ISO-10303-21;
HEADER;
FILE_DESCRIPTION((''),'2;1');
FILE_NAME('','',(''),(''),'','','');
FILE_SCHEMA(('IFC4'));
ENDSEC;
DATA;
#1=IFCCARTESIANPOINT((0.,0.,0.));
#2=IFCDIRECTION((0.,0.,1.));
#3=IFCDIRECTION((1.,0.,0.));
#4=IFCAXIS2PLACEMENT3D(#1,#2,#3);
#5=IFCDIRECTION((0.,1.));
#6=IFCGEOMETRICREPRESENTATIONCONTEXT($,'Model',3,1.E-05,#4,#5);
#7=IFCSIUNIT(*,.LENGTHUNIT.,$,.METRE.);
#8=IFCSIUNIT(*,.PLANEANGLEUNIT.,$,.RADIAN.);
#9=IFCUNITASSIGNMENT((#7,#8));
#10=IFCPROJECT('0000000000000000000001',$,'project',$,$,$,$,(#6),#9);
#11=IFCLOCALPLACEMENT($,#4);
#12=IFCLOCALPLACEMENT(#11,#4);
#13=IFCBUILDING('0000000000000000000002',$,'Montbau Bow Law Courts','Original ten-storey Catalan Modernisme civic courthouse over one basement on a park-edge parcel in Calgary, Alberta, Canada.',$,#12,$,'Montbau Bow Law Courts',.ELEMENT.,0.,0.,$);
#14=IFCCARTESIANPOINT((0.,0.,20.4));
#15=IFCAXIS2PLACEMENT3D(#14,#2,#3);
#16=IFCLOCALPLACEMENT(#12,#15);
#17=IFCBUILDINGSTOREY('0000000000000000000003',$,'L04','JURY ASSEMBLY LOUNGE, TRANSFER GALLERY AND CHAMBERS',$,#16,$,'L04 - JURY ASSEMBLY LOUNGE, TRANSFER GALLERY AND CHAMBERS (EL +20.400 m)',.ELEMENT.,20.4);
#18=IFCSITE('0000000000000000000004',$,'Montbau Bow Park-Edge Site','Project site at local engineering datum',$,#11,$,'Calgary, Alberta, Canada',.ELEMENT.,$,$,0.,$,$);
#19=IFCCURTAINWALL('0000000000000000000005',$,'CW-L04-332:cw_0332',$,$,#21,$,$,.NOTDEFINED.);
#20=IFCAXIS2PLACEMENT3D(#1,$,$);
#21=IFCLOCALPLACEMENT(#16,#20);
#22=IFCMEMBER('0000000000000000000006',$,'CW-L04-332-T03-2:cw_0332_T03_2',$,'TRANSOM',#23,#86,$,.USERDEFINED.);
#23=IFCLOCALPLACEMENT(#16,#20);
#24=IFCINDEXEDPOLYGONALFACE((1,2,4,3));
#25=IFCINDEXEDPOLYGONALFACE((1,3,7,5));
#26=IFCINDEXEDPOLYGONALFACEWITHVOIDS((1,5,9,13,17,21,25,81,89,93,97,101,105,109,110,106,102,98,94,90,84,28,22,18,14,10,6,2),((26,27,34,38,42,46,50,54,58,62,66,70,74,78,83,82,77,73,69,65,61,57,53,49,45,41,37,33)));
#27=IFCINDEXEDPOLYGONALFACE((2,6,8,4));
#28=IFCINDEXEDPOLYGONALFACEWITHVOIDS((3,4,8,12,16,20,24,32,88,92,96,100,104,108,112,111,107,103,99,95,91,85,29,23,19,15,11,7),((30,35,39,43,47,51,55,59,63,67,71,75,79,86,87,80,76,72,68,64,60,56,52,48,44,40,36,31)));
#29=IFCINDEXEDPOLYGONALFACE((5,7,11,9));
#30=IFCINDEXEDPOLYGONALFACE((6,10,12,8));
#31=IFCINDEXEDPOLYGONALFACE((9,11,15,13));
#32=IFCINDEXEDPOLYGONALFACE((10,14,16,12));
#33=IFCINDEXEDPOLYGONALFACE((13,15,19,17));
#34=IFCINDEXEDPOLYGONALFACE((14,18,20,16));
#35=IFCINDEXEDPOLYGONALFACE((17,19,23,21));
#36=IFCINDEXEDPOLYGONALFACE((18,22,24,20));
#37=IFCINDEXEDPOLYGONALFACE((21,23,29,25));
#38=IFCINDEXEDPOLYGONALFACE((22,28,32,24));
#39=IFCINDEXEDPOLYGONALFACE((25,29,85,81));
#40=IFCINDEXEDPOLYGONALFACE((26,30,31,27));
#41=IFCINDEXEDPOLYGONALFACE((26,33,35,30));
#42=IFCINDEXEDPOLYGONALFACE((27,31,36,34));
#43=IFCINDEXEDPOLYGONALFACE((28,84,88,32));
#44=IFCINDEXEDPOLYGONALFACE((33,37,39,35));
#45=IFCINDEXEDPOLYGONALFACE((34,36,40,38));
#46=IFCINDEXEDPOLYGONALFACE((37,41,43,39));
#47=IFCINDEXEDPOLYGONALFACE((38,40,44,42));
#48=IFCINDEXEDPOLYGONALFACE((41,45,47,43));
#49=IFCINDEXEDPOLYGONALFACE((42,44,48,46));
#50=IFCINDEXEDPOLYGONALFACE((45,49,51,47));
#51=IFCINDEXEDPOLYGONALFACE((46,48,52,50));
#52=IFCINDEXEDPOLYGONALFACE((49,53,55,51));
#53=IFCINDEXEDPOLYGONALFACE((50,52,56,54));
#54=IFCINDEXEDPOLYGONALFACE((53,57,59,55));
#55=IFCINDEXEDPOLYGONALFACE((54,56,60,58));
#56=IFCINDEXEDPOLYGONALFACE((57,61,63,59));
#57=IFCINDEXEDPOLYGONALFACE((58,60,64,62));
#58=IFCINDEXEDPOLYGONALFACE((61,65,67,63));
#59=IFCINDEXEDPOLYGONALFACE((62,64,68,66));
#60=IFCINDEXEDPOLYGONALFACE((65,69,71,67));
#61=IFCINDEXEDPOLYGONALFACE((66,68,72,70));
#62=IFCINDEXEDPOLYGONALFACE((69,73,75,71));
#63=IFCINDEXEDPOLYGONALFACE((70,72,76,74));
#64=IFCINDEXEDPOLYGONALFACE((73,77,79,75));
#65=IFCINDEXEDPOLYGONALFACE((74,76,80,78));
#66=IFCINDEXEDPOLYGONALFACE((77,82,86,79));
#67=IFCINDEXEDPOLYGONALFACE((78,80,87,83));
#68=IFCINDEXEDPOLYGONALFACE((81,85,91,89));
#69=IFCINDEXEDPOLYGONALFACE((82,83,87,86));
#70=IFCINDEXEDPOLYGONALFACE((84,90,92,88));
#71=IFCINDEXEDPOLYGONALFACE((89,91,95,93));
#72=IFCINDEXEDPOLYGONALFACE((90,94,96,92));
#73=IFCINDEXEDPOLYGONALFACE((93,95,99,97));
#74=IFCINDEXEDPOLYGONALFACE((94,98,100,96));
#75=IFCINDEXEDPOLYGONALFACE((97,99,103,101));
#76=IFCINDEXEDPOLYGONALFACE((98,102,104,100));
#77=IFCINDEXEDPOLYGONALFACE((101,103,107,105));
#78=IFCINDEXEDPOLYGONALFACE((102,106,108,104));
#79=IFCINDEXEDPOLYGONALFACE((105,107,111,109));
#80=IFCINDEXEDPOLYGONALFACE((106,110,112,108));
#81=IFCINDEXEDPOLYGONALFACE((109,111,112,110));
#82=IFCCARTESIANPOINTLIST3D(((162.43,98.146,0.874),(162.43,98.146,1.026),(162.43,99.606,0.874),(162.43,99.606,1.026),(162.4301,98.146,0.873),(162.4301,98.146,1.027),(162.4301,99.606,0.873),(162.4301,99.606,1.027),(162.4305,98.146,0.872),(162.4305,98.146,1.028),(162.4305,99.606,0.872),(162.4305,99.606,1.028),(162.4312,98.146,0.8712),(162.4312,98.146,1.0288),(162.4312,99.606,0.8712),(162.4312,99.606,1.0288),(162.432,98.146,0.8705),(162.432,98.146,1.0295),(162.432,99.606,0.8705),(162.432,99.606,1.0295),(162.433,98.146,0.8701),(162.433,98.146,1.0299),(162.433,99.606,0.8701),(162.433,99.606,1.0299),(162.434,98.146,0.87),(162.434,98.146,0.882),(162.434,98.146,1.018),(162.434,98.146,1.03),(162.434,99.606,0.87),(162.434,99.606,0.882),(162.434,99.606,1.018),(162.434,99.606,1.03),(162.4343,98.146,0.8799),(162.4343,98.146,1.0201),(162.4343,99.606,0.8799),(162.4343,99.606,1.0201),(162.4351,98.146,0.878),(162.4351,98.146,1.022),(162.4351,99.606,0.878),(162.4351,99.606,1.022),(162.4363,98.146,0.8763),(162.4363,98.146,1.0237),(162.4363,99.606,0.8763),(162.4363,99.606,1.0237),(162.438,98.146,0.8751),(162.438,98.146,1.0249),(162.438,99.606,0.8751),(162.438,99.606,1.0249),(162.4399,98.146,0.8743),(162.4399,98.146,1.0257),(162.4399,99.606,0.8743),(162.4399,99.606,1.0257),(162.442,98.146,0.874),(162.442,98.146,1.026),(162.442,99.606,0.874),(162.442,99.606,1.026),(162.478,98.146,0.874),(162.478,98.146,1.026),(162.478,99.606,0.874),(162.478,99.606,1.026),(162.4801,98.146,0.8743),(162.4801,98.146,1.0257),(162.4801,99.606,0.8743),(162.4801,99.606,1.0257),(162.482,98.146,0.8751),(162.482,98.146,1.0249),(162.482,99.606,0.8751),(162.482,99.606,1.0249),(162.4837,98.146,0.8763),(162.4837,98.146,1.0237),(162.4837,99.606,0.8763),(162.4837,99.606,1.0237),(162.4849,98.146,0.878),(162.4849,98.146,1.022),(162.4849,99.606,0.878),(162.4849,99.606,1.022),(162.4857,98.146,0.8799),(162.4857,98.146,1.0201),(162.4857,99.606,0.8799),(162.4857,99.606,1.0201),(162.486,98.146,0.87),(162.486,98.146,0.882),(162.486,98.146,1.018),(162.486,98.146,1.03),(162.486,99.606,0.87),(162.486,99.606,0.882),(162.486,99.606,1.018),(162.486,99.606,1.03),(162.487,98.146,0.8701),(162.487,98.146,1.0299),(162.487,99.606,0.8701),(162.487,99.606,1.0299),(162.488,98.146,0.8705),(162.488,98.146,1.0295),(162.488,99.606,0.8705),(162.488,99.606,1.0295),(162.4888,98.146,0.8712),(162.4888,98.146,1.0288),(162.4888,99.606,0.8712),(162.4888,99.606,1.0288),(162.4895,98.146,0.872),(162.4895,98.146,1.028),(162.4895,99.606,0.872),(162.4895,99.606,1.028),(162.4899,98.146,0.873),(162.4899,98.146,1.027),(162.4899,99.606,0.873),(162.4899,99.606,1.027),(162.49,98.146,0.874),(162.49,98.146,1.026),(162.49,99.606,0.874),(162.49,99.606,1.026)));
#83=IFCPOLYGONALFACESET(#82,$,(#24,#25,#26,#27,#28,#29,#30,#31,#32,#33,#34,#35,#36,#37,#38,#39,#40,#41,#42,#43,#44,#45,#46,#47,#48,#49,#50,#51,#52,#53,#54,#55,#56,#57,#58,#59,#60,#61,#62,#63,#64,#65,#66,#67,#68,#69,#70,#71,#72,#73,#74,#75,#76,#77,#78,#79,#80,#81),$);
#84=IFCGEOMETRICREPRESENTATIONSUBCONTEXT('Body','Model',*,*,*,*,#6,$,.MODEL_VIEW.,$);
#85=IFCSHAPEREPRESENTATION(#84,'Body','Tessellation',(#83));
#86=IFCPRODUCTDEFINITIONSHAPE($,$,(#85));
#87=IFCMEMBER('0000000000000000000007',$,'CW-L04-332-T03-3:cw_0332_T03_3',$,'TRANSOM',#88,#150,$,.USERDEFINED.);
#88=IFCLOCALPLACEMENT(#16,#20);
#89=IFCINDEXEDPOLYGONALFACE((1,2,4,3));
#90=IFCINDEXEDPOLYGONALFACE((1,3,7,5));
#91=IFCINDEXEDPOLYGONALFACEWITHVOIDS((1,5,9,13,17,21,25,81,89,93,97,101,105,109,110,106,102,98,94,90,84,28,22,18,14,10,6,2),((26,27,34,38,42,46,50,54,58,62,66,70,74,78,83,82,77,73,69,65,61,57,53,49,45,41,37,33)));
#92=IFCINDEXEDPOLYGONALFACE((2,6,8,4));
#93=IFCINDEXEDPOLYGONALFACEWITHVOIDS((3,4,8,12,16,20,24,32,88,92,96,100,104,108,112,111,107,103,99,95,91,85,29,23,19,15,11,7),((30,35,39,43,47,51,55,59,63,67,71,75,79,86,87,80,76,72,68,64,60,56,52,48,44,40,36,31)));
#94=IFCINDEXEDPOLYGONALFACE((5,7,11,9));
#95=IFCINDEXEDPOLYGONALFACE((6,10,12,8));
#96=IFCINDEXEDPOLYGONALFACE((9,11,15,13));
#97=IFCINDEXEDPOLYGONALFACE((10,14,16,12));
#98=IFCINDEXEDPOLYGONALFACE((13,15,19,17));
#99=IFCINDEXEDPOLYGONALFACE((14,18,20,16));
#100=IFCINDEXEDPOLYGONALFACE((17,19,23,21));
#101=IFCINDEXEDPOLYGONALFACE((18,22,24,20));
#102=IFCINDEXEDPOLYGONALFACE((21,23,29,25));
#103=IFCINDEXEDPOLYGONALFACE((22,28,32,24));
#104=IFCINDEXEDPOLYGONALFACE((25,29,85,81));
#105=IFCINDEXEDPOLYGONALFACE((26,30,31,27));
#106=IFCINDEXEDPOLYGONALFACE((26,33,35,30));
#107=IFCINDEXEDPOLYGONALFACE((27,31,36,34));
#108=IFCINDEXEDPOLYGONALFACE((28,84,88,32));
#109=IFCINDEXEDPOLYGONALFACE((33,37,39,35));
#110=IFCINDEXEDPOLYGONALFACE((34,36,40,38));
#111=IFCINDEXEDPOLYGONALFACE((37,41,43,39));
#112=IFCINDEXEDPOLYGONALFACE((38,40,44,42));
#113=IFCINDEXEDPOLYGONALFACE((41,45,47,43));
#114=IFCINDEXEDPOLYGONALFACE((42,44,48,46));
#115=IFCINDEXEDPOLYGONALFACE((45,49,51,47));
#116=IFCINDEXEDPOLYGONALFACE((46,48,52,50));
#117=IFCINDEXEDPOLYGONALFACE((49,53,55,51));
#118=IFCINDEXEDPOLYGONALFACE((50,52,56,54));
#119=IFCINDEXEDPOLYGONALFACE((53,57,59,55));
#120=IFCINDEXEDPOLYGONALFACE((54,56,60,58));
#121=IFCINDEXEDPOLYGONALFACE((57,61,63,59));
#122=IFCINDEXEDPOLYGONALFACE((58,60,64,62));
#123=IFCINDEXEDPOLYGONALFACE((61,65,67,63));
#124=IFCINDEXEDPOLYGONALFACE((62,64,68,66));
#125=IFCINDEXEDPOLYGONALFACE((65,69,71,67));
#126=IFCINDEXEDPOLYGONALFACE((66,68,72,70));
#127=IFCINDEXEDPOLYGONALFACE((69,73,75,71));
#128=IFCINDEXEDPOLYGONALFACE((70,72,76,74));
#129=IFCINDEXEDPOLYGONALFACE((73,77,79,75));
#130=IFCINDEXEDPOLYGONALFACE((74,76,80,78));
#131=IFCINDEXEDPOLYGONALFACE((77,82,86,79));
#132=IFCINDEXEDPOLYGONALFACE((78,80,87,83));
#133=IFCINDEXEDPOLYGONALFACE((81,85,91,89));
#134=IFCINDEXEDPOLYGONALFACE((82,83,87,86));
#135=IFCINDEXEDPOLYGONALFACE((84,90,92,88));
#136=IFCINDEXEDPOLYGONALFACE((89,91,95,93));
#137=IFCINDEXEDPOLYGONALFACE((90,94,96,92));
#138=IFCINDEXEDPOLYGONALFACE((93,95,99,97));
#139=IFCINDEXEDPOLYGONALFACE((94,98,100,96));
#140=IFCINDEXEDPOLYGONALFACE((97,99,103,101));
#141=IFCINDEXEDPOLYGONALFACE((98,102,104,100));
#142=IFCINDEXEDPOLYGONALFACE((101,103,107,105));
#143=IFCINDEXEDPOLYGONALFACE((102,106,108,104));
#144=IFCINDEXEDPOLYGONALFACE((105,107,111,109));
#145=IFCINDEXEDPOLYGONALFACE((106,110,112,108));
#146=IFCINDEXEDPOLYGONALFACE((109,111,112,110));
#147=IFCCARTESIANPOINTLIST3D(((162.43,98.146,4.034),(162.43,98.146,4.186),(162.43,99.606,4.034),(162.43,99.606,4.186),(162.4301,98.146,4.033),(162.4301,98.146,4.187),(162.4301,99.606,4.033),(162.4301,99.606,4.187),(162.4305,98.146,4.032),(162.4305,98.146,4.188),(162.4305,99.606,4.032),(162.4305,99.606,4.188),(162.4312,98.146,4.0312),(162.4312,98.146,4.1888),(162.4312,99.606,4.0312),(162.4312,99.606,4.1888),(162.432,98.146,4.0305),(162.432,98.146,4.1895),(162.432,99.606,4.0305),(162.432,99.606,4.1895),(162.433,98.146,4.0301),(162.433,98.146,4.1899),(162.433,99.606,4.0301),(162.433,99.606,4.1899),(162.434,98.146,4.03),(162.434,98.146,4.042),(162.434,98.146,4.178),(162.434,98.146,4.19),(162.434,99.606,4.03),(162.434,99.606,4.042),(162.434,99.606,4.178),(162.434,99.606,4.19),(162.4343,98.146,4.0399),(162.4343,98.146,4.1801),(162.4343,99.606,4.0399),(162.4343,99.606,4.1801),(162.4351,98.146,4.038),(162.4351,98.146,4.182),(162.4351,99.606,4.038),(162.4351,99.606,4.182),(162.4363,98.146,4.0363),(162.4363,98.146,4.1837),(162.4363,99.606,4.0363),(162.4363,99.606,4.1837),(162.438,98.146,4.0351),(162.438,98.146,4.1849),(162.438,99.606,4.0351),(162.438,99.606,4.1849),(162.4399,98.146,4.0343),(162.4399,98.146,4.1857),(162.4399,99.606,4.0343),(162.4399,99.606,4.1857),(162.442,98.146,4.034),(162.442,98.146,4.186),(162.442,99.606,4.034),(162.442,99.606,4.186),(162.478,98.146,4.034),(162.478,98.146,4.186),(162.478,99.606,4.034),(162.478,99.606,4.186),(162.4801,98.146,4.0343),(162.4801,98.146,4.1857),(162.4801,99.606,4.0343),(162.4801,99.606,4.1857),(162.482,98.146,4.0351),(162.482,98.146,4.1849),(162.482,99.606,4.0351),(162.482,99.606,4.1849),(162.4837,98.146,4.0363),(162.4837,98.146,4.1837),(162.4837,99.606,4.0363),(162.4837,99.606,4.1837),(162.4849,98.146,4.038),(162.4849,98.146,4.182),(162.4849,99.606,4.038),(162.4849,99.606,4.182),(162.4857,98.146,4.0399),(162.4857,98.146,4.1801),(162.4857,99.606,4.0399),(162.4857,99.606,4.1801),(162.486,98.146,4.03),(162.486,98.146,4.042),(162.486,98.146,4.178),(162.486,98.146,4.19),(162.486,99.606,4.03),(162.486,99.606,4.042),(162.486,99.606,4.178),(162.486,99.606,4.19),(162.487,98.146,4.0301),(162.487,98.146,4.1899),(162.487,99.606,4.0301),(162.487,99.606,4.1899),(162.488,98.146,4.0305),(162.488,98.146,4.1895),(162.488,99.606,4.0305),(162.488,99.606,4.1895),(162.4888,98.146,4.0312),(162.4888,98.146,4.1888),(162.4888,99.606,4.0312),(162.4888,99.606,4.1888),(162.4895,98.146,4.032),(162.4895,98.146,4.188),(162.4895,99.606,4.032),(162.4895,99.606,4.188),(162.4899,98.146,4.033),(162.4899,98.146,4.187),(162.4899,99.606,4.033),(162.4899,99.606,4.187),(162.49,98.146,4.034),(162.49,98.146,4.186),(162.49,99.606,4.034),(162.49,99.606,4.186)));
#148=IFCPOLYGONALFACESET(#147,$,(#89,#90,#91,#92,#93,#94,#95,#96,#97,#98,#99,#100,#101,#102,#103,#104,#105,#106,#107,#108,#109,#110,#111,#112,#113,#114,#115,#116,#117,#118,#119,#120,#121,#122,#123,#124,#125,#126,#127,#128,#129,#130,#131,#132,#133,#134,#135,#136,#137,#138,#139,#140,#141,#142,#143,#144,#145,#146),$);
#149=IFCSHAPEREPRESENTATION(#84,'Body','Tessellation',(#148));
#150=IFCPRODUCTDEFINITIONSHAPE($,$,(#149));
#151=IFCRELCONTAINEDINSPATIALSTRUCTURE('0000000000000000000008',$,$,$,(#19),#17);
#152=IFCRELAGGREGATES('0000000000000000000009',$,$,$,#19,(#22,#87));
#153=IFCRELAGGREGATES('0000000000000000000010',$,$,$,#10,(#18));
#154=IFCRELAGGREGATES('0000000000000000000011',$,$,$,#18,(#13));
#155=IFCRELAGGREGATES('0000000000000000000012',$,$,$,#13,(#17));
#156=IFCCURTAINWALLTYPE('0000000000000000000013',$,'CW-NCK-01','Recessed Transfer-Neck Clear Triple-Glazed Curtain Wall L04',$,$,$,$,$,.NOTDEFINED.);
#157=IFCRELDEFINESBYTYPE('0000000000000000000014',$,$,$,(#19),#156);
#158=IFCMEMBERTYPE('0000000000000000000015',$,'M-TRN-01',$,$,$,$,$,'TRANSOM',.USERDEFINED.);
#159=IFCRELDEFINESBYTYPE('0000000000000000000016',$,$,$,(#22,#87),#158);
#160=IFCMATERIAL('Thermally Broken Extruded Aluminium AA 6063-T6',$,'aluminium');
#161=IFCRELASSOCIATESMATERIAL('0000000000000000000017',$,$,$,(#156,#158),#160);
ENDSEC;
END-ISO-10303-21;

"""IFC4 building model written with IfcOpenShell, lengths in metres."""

from ifc_helpers import new_model, si_unit, direction, frame, origin_with_axes, origin_2d_with_axis, place, context, subcontext, project, spatial, hollow_rectangle, extrude, material, material_profile, profile_set, type_object, element, aggregate, save


model = new_model("IFC4")

# Units and contexts
model_context = context("Model", 3, precision=1e-05, world=origin_with_axes(), true_north=direction((0.0, 1.0)))
body_context = subcontext(model_context, "Body", "Model", "MODEL_VIEW")
ifc_project = project(units=[si_unit("LENGTHUNIT", "METRE"), si_unit("PLANEANGLEUNIT", "RADIAN")], contexts=[model_context])

# Site, building, storey
site_placement = place(None, origin_with_axes())
site = spatial("IfcSite", under=ifc_project, at=site_placement, Name="Montbau Bow Park-Edge Site", Description="Project site at local engineering datum", LongName="Calgary, Alberta, Canada", CompositionType="ELEMENT", RefElevation=0.0)
building_placement = place(site_placement, origin_with_axes())
building = spatial("IfcBuilding", under=site, at=building_placement, Name="Montbau Bow Law Courts", Description="Original ten-storey Catalan Modernisme civic courthouse over one basement on a park-edge parcel in Calgary, Alberta, Canada.", LongName="Montbau Bow Law Courts", CompositionType="ELEMENT", ElevationOfRefHeight=0.0, ElevationOfTerrain=0.0)
storey_placement = place(building_placement, frame((0.0, 0.0, 20.4), z_axis=(0.0, 0.0, 1.0), x_axis=(1.0, 0.0, 0.0)))
storey = spatial("IfcBuildingStorey", under=building, at=storey_placement, Name="L04", Description="JURY ASSEMBLY LOUNGE, TRANSFER GALLERY AND CHAMBERS", LongName="L04 - JURY ASSEMBLY LOUNGE, TRANSFER GALLERY AND CHAMBERS (EL +20.400 m)", CompositionType="ELEMENT", Elevation=20.4)

# Curtain wall, members
ifc_material_1 = material(Name="Thermally Broken Extruded Aluminium AA 6063-T6", Category="aluminium")
curtain_wall_type = type_object("IfcCurtainWallType", Name="CW-NCK-01", Description="Recessed Transfer-Neck Clear Triple-Glazed Curtain Wall L04", PredefinedType="NOTDEFINED", material=ifc_material_1)
curtain_wall_placement = place(None, frame((162.46, 95.067, 20.4), z_axis=(0.0, 0.0, 1.0), x_axis=(1.0, 0.0, 0.0)))
curtain_wall = element("IfcCurtainWall", 1, at=curtain_wall_placement, inside=storey, type_object=curtain_wall_type, Name="CW-L04-332:cw_0332", PredefinedType="NOTDEFINED")
ifc_material_profile_1 = material_profile(ifc_material_1, hollow_rectangle(XDim=0.06, YDim=0.16, WallThickness=0.004, InnerFilletRadius=0.008, OuterFilletRadius=0.004, at=origin_2d_with_axis()), Name="CWT-160X60", Category="Main", Priority=0)
ifc_profile_set_1 = profile_set([ifc_material_profile_1], Name="Thermally Broken Extruded Aluminium AA 6063-T6")
member_type_1 = type_object("IfcMemberType", Name="M-TRN-01", ElementType="TRANSOM", PredefinedType="USERDEFINED", material=ifc_profile_set_1)
member_1_placement = place(None, frame((162.46, 98.146, 21.35), z_axis=(0.0, 1.0, 0.0), x_axis=(-1.0, 0.0, 0.0)))
member_1 = element("IfcMember", 2, at=member_1_placement, type_object=member_type_1, Name="CW-L04-332-T03-2:cw_0332_T03_2", ObjectType="TRANSOM", PredefinedType="USERDEFINED", context=body_context, shape_type="SweptSolid", body=[
    extrude(hollow_rectangle(XDim=0.06, YDim=0.16, WallThickness=0.004, InnerFilletRadius=0.008, OuterFilletRadius=0.004, at=origin_2d_with_axis()), origin_with_axes(), (0.0, 0.0, 1.0), 1.46),
])
member_2_placement = place(None, frame((162.46, 98.146, 24.51), z_axis=(0.0, 1.0, 0.0), x_axis=(-1.0, 0.0, 0.0)))
member_2 = element("IfcMember", 3, at=member_2_placement, type_object=member_type_1, Name="CW-L04-332-T03-3:cw_0332_T03_3", ObjectType="TRANSOM", PredefinedType="USERDEFINED", context=body_context, shape_type="SweptSolid", body=[
    extrude(hollow_rectangle(XDim=0.06, YDim=0.16, WallThickness=0.004, InnerFilletRadius=0.008, OuterFilletRadius=0.004, at=origin_2d_with_axis()), origin_with_axes(), (0.0, 0.0, 1.0), 1.46),
])
aggregate(curtain_wall, [member_1, member_2])

save(model, "model.ifc")
